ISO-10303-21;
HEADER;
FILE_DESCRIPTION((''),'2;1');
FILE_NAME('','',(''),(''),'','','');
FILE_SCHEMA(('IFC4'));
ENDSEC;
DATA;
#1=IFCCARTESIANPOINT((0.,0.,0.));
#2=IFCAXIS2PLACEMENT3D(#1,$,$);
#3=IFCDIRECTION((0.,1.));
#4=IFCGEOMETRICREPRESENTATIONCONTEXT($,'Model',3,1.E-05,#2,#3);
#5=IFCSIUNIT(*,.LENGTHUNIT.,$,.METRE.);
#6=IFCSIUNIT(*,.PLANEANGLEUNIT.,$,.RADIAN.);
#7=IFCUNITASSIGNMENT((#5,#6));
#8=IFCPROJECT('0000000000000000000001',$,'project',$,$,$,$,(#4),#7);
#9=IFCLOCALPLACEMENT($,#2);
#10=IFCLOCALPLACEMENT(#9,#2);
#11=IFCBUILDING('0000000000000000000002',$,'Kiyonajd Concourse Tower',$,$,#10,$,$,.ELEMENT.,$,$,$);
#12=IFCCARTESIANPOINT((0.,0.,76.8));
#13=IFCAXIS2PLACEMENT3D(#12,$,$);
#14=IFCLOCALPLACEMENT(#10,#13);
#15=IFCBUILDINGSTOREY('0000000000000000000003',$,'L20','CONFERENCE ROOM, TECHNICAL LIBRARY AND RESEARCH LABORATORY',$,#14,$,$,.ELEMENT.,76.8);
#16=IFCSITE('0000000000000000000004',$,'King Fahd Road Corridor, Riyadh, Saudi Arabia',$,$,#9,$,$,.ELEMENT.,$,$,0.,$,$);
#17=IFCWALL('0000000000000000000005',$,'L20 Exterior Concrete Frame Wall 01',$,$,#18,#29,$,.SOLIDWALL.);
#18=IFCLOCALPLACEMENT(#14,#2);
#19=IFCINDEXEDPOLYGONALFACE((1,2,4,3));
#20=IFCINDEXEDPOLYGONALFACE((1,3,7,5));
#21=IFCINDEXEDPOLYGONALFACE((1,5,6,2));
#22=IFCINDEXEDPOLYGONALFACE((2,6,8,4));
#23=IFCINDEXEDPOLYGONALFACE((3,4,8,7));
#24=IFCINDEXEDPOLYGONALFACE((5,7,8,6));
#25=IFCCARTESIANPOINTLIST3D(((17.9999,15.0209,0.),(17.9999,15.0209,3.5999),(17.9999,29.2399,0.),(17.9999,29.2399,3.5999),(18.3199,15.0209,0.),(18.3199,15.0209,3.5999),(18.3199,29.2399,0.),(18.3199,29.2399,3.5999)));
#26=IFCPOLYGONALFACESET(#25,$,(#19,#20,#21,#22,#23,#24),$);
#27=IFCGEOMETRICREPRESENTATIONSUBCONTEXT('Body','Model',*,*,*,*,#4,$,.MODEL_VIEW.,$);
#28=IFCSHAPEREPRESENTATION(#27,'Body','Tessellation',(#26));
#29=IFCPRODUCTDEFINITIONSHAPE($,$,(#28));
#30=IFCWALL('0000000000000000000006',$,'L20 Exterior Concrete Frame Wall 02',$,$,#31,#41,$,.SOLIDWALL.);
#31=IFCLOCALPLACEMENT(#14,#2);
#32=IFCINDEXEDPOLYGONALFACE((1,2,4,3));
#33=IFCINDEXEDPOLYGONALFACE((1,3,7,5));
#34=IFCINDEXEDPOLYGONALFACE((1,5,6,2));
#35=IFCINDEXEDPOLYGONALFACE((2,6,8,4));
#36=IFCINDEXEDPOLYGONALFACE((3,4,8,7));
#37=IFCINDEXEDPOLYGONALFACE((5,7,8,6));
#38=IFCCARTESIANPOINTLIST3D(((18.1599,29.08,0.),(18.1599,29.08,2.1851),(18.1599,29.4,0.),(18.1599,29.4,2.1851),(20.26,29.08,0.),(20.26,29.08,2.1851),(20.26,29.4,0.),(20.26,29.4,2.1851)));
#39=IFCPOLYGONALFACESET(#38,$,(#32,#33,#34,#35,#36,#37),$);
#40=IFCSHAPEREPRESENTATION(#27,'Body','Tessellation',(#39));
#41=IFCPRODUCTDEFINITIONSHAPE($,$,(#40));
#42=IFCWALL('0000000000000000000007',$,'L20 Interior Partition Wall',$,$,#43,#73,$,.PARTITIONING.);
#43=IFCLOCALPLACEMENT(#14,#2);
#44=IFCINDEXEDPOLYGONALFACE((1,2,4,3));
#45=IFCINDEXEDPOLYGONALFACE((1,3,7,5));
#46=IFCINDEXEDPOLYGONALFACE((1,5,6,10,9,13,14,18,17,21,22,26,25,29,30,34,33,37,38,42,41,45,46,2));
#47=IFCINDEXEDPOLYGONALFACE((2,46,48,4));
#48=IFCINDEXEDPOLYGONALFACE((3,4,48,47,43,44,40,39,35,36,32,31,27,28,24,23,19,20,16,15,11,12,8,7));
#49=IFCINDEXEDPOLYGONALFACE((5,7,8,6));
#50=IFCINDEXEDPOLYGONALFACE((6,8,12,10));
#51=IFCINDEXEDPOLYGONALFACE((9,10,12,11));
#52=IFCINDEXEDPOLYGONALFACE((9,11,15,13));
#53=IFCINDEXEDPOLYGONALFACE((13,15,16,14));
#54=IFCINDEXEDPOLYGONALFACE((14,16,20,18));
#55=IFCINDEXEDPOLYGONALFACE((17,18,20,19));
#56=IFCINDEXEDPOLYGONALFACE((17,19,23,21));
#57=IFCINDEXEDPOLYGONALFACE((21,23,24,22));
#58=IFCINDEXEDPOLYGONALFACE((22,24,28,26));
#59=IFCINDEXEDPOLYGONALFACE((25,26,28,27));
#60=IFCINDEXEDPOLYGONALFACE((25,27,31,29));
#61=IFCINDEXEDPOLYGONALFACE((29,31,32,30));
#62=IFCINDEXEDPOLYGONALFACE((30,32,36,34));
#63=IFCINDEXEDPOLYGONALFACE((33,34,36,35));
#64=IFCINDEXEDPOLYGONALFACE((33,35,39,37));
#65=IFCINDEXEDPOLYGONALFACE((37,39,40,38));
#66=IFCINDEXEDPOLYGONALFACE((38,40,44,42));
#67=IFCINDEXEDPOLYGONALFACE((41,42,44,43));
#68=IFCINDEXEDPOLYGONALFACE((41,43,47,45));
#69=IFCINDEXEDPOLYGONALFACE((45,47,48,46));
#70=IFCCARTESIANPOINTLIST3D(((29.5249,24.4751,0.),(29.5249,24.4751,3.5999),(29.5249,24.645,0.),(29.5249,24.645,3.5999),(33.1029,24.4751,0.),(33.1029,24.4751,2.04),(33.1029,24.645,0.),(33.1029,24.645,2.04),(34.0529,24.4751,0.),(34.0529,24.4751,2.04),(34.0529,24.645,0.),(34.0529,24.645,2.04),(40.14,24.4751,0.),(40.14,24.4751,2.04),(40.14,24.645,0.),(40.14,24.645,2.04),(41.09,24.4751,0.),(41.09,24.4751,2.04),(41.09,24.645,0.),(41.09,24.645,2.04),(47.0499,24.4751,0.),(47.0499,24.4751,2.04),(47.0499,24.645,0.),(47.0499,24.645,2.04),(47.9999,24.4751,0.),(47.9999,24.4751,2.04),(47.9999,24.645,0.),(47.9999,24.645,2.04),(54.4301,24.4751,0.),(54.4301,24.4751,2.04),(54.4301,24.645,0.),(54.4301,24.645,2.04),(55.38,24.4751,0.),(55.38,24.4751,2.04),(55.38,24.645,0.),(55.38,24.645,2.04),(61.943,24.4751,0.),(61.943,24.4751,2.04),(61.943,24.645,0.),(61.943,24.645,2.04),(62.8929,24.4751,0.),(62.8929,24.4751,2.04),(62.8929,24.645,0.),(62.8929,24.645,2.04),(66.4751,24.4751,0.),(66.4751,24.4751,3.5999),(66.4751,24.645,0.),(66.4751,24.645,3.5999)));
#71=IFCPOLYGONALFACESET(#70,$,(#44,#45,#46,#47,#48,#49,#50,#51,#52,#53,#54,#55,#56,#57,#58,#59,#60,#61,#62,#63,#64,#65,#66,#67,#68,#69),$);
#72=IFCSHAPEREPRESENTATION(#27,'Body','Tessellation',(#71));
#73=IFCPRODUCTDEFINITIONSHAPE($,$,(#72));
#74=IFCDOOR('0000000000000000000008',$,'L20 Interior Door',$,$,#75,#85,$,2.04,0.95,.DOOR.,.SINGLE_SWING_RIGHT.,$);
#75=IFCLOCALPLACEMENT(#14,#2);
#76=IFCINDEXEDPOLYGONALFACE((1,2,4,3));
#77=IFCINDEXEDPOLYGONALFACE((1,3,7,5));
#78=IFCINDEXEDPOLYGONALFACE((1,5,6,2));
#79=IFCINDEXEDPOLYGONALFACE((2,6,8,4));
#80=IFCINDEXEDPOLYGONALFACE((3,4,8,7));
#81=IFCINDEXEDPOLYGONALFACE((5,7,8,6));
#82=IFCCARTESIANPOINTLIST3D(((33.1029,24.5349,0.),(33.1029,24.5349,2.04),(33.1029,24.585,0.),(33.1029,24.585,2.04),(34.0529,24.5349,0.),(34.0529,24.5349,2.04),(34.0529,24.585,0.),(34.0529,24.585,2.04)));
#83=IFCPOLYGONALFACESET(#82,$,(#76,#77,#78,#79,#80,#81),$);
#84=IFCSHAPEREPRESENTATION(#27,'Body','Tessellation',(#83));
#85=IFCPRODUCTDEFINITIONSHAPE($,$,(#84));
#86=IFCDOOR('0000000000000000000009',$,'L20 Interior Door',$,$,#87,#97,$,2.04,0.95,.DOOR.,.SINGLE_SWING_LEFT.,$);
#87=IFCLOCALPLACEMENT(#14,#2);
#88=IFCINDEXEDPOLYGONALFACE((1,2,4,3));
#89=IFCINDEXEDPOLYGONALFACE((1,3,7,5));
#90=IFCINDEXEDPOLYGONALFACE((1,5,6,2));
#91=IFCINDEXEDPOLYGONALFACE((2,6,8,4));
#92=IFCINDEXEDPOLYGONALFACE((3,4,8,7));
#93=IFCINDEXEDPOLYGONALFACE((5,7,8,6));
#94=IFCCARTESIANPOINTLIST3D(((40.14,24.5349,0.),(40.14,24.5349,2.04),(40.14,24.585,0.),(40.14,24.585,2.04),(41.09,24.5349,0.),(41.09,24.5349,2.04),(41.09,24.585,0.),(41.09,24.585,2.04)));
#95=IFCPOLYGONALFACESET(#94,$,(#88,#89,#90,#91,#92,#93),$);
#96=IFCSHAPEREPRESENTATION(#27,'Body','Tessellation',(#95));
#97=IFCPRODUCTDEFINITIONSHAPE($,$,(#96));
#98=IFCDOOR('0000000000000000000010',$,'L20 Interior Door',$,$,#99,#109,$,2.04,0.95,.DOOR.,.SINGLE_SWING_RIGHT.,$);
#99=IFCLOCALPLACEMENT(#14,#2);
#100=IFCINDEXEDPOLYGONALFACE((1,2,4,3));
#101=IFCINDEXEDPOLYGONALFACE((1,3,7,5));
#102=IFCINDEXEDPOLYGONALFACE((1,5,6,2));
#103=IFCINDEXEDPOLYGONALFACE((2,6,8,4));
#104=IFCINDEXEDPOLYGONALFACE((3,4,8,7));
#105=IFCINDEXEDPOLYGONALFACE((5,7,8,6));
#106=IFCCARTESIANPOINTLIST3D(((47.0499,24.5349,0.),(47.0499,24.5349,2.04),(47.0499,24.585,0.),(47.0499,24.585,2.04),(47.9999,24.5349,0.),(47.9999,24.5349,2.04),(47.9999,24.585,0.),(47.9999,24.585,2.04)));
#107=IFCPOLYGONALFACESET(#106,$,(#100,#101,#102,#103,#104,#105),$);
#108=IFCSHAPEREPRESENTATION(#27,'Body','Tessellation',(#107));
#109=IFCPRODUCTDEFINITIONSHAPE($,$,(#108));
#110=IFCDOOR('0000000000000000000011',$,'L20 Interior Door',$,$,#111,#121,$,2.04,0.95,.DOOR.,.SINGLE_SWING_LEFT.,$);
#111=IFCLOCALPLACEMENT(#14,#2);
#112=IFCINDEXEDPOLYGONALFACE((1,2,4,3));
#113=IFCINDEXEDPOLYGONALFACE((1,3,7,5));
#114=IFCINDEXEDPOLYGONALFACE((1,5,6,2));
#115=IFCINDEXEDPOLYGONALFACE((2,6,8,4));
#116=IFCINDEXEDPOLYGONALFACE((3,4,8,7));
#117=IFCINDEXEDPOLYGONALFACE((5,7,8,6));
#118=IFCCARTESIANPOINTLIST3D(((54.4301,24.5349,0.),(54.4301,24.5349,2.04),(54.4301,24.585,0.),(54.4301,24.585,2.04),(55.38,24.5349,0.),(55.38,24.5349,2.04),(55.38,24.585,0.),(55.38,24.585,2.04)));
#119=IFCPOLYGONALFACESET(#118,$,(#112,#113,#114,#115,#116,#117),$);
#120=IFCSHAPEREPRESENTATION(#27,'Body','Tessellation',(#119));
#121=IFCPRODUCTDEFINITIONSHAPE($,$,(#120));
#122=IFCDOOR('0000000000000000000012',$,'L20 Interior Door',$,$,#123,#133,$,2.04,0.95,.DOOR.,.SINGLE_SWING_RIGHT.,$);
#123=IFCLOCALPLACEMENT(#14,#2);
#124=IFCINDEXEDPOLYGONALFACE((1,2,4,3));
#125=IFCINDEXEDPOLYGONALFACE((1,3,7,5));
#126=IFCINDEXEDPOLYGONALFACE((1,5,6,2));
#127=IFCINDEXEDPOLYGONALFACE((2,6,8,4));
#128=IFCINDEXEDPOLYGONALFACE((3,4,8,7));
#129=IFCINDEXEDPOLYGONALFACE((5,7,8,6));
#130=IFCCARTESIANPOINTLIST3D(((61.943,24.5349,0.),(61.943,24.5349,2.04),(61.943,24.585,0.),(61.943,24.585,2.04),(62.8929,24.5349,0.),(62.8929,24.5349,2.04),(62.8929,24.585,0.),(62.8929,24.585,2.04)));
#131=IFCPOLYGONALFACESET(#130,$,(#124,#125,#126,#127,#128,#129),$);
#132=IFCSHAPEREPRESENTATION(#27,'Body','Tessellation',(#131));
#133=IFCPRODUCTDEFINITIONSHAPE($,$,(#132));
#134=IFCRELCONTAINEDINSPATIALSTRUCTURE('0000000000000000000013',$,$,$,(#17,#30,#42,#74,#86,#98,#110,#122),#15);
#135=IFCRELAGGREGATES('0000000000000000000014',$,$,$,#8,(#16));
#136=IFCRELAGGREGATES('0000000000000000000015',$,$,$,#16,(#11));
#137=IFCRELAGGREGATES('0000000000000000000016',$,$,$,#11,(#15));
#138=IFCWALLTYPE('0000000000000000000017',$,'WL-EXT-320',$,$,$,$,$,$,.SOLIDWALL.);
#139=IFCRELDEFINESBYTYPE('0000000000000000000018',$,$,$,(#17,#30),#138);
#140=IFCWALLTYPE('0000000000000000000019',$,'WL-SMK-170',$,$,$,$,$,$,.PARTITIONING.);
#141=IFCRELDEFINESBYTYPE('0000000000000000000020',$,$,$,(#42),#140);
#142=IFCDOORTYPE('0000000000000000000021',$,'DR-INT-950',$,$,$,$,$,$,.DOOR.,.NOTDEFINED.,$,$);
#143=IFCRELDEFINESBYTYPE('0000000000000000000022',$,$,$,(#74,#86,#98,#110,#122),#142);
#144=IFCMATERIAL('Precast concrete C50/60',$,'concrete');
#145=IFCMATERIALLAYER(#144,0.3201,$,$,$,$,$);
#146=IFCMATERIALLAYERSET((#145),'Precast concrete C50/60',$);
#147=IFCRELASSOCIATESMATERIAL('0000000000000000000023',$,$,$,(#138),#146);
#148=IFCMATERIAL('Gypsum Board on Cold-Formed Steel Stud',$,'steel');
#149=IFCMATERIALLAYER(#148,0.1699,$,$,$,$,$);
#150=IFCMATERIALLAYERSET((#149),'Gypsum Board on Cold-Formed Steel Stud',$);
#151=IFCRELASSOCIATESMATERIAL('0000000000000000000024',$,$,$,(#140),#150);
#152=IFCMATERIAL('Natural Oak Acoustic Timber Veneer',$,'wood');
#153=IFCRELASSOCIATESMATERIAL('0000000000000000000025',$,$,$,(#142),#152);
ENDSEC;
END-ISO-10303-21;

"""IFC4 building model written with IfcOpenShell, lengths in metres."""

from ifc_helpers import new_model, si_unit, direction, frame, frame_2d, origin, place, context, subcontext, project, spatial, rectangle, extrude, material, layer, layer_set, type_object, element, fill, save


model = new_model("IFC4")

# Units and contexts
model_context = context("Model", 3, precision=1e-05, world=origin(), true_north=direction((0.0, 1.0)))
body_context = subcontext(model_context, "Body", "Model", "MODEL_VIEW")
ifc_project = project(units=[si_unit("LENGTHUNIT", "METRE"), si_unit("PLANEANGLEUNIT", "RADIAN")], contexts=[model_context])

# Site, building, storey
site_placement = place(None, origin())
site = spatial("IfcSite", under=ifc_project, at=site_placement, Name="King Fahd Road Corridor, Riyadh, Saudi Arabia", CompositionType="ELEMENT", RefElevation=0.0)
building_placement = place(site_placement, origin())
building = spatial("IfcBuilding", under=site, at=building_placement, Name="Kiyonajd Concourse Tower", CompositionType="ELEMENT")
storey_placement = place(building_placement, frame((0.0, 0.0, 76.8)))
storey = spatial("IfcBuildingStorey", under=building, at=storey_placement, Name="L20", Description="CONFERENCE ROOM, TECHNICAL LIBRARY AND RESEARCH LABORATORY", CompositionType="ELEMENT", Elevation=76.8)

# Walls
ifc_material_1 = material(Name="Precast concrete C50/60", Category="concrete")
ifc_layer_1 = layer(ifc_material_1, 0.3201)
ifc_layer_set_1 = layer_set([ifc_layer_1], Name="Precast concrete C50/60")
wall_type_1 = type_object("IfcWallType", Name="WL-EXT-320", PredefinedType="SOLIDWALL", material=ifc_layer_set_1)
wall_1_placement = place(storey_placement, frame((18.1599, 15.021, 0.0), z_axis=(0.0, 0.0, 1.0), x_axis=(0.0, 1.0, 0.0)))
element("IfcWall", 1, at=wall_1_placement, inside=storey, type_object=wall_type_1, Name="L20 Exterior Concrete Frame Wall 01", PredefinedType="SOLIDWALL", context=body_context, shape_type="SweptSolid", body=[
    extrude(rectangle(XDim=14.219, YDim=0.3201, at=frame_2d((7.1094, 0.0))), origin(), (0.0, 0.0, 1.0), 3.5999),
])
wall_2_placement = place(storey_placement, frame((18.1599, 29.24, 0.0), z_axis=(0.0, 0.0, 1.0), x_axis=(1.0, 0.0, 0.0)))
element("IfcWall", 2, at=wall_2_placement, inside=storey, type_object=wall_type_1, Name="L20 Exterior Concrete Frame Wall 02", PredefinedType="SOLIDWALL", context=body_context, shape_type="SweptSolid", body=[
    extrude(rectangle(XDim=2.1001, YDim=0.3201, at=frame_2d((1.05, 0.0))), origin(), (0.0, 0.0, 1.0), 2.1851),
])

# Wall, openings, doors
ifc_material_2 = material(Name="Gypsum Board on Cold-Formed Steel Stud", Category="steel")
ifc_layer_2 = layer(ifc_material_2, 0.1699)
ifc_layer_set_2 = layer_set([ifc_layer_2], Name="Gypsum Board on Cold-Formed Steel Stud")
wall_type_2 = type_object("IfcWallType", Name="WL-SMK-170", PredefinedType="PARTITIONING", material=ifc_layer_set_2)
wall_3_placement = place(storey_placement, frame((29.5249, 24.5601, 0.0), z_axis=(0.0, 0.0, 1.0), x_axis=(1.0, 0.0, 0.0)))
wall_3 = element("IfcWall", 3, at=wall_3_placement, inside=storey, type_object=wall_type_2, Name="L20 Interior Partition Wall", PredefinedType="PARTITIONING", context=body_context, shape_type="SweptSolid", body=[
    extrude(rectangle(XDim=36.9502, YDim=0.1699, at=frame_2d((18.4751, 0.0))), origin(), (0.0, 0.0, 1.0), 3.5999),
])
opening_1_placement = place(wall_3_placement, frame((3.5779, 0.0, 0.0)))
opening_1 = element("IfcOpeningElement", 4, at=opening_1_placement, cuts=wall_3, PredefinedType="OPENING", context=body_context, shape_type="SweptSolid", body=[
    extrude(rectangle(XDim=0.95, YDim=2.04, at=frame_2d((0.4751, 1.02))), frame((0.0, 0.095, 0.0), z_axis=(0.0, -1.0, 0.0), x_axis=(1.0, 0.0, 0.0)), (0.0, 0.0, 1.0), 0.1899),
])
opening_2_placement = place(wall_3_placement, frame((10.615, 0.0, 0.0)))
opening_2 = element("IfcOpeningElement", 5, at=opening_2_placement, cuts=wall_3, PredefinedType="OPENING", context=body_context, shape_type="SweptSolid", body=[
    extrude(rectangle(XDim=0.95, YDim=2.04, at=frame_2d((0.4751, 1.02))), frame((0.0, 0.095, 0.0), z_axis=(0.0, -1.0, 0.0), x_axis=(1.0, 0.0, 0.0)), (0.0, 0.0, 1.0), 0.1899),
])
opening_3_placement = place(wall_3_placement, frame((17.5249, 0.0, 0.0)))
opening_3 = element("IfcOpeningElement", 6, at=opening_3_placement, cuts=wall_3, PredefinedType="OPENING", context=body_context, shape_type="SweptSolid", body=[
    extrude(rectangle(XDim=0.95, YDim=2.04, at=frame_2d((0.4751, 1.02))), frame((0.0, 0.095, 0.0), z_axis=(0.0, -1.0, 0.0), x_axis=(1.0, 0.0, 0.0)), (0.0, 0.0, 1.0), 0.1899),
])
opening_4_placement = place(wall_3_placement, frame((24.905, 0.0, 0.0)))
opening_4 = element("IfcOpeningElement", 7, at=opening_4_placement, cuts=wall_3, PredefinedType="OPENING", context=body_context, shape_type="SweptSolid", body=[
    extrude(rectangle(XDim=0.95, YDim=2.04, at=frame_2d((0.4751, 1.02))), frame((0.0, 0.095, 0.0), z_axis=(0.0, -1.0, 0.0), x_axis=(1.0, 0.0, 0.0)), (0.0, 0.0, 1.0), 0.1899),
])
opening_5_placement = place(wall_3_placement, frame((32.418, 0.0, 0.0)))
opening_5 = element("IfcOpeningElement", 8, at=opening_5_placement, cuts=wall_3, PredefinedType="OPENING", context=body_context, shape_type="SweptSolid", body=[
    extrude(rectangle(XDim=0.95, YDim=2.04, at=frame_2d((0.4751, 1.02))), frame((0.0, 0.095, 0.0), z_axis=(0.0, -1.0, 0.0), x_axis=(1.0, 0.0, 0.0)), (0.0, 0.0, 1.0), 0.1899),
])
ifc_material_3 = material(Name="Natural Oak Acoustic Timber Veneer", Category="wood")
door_type = type_object("IfcDoorType", Name="DR-INT-950", OperationType="NOTDEFINED", PredefinedType="DOOR", material=ifc_material_3)
door_1_placement = place(opening_1_placement, origin())
door_1 = element("IfcDoor", 9, at=door_1_placement, inside=storey, type_object=door_type, Name="L20 Interior Door", OperationType="SINGLE_SWING_RIGHT", OverallHeight=2.04, OverallWidth=0.95, PredefinedType="DOOR", context=body_context, shape_type="SweptSolid", body=[
    extrude(rectangle(XDim=0.95, YDim=2.04, at=frame_2d((0.4751, 1.02))), frame((0.0, 0.0249, 0.0), z_axis=(0.0, -1.0, 0.0), x_axis=(1.0, 0.0, 0.0)), (0.0, 0.0, 1.0), 0.05),
])
fill(opening_1, door_1)
door_2_placement = place(opening_2_placement, origin())
door_2 = element("IfcDoor", 10, at=door_2_placement, inside=storey, type_object=door_type, Name="L20 Interior Door", OperationType="SINGLE_SWING_LEFT", OverallHeight=2.04, OverallWidth=0.95, PredefinedType="DOOR", context=body_context, shape_type="SweptSolid", body=[
    extrude(rectangle(XDim=0.95, YDim=2.04, at=frame_2d((0.4751, 1.02))), frame((0.0, 0.0249, 0.0), z_axis=(0.0, -1.0, 0.0), x_axis=(1.0, 0.0, 0.0)), (0.0, 0.0, 1.0), 0.05),
])
fill(opening_2, door_2)
door_3_placement = place(opening_3_placement, origin())
door_3 = element("IfcDoor", 11, at=door_3_placement, inside=storey, type_object=door_type, Name="L20 Interior Door", OperationType="SINGLE_SWING_RIGHT", OverallHeight=2.04, OverallWidth=0.95, PredefinedType="DOOR", context=body_context, shape_type="SweptSolid", body=[
    extrude(rectangle(XDim=0.95, YDim=2.04, at=frame_2d((0.4751, 1.02))), frame((0.0, 0.0249, 0.0), z_axis=(0.0, -1.0, 0.0), x_axis=(1.0, 0.0, 0.0)), (0.0, 0.0, 1.0), 0.05),
])
fill(opening_3, door_3)
door_4_placement = place(opening_4_placement, origin())
door_4 = element("IfcDoor", 12, at=door_4_placement, inside=storey, type_object=door_type, Name="L20 Interior Door", OperationType="SINGLE_SWING_LEFT", OverallHeight=2.04, OverallWidth=0.95, PredefinedType="DOOR", context=body_context, shape_type="SweptSolid", body=[
    extrude(rectangle(XDim=0.95, YDim=2.04, at=frame_2d((0.4751, 1.02))), frame((0.0, 0.0249, 0.0), z_axis=(0.0, -1.0, 0.0), x_axis=(1.0, 0.0, 0.0)), (0.0, 0.0, 1.0), 0.05),
])
fill(opening_4, door_4)
door_5_placement = place(opening_5_placement, origin())
door_5 = element("IfcDoor", 13, at=door_5_placement, inside=storey, type_object=door_type, Name="L20 Interior Door", OperationType="SINGLE_SWING_RIGHT", OverallHeight=2.04, OverallWidth=0.95, PredefinedType="DOOR", context=body_context, shape_type="SweptSolid", body=[
    extrude(rectangle(XDim=0.95, YDim=2.04, at=frame_2d((0.4751, 1.02))), frame((0.0, 0.0249, 0.0), z_axis=(0.0, -1.0, 0.0), x_axis=(1.0, 0.0, 0.0)), (0.0, 0.0, 1.0), 0.05),
])
fill(opening_5, door_5)

save(model, "model.ifc")
